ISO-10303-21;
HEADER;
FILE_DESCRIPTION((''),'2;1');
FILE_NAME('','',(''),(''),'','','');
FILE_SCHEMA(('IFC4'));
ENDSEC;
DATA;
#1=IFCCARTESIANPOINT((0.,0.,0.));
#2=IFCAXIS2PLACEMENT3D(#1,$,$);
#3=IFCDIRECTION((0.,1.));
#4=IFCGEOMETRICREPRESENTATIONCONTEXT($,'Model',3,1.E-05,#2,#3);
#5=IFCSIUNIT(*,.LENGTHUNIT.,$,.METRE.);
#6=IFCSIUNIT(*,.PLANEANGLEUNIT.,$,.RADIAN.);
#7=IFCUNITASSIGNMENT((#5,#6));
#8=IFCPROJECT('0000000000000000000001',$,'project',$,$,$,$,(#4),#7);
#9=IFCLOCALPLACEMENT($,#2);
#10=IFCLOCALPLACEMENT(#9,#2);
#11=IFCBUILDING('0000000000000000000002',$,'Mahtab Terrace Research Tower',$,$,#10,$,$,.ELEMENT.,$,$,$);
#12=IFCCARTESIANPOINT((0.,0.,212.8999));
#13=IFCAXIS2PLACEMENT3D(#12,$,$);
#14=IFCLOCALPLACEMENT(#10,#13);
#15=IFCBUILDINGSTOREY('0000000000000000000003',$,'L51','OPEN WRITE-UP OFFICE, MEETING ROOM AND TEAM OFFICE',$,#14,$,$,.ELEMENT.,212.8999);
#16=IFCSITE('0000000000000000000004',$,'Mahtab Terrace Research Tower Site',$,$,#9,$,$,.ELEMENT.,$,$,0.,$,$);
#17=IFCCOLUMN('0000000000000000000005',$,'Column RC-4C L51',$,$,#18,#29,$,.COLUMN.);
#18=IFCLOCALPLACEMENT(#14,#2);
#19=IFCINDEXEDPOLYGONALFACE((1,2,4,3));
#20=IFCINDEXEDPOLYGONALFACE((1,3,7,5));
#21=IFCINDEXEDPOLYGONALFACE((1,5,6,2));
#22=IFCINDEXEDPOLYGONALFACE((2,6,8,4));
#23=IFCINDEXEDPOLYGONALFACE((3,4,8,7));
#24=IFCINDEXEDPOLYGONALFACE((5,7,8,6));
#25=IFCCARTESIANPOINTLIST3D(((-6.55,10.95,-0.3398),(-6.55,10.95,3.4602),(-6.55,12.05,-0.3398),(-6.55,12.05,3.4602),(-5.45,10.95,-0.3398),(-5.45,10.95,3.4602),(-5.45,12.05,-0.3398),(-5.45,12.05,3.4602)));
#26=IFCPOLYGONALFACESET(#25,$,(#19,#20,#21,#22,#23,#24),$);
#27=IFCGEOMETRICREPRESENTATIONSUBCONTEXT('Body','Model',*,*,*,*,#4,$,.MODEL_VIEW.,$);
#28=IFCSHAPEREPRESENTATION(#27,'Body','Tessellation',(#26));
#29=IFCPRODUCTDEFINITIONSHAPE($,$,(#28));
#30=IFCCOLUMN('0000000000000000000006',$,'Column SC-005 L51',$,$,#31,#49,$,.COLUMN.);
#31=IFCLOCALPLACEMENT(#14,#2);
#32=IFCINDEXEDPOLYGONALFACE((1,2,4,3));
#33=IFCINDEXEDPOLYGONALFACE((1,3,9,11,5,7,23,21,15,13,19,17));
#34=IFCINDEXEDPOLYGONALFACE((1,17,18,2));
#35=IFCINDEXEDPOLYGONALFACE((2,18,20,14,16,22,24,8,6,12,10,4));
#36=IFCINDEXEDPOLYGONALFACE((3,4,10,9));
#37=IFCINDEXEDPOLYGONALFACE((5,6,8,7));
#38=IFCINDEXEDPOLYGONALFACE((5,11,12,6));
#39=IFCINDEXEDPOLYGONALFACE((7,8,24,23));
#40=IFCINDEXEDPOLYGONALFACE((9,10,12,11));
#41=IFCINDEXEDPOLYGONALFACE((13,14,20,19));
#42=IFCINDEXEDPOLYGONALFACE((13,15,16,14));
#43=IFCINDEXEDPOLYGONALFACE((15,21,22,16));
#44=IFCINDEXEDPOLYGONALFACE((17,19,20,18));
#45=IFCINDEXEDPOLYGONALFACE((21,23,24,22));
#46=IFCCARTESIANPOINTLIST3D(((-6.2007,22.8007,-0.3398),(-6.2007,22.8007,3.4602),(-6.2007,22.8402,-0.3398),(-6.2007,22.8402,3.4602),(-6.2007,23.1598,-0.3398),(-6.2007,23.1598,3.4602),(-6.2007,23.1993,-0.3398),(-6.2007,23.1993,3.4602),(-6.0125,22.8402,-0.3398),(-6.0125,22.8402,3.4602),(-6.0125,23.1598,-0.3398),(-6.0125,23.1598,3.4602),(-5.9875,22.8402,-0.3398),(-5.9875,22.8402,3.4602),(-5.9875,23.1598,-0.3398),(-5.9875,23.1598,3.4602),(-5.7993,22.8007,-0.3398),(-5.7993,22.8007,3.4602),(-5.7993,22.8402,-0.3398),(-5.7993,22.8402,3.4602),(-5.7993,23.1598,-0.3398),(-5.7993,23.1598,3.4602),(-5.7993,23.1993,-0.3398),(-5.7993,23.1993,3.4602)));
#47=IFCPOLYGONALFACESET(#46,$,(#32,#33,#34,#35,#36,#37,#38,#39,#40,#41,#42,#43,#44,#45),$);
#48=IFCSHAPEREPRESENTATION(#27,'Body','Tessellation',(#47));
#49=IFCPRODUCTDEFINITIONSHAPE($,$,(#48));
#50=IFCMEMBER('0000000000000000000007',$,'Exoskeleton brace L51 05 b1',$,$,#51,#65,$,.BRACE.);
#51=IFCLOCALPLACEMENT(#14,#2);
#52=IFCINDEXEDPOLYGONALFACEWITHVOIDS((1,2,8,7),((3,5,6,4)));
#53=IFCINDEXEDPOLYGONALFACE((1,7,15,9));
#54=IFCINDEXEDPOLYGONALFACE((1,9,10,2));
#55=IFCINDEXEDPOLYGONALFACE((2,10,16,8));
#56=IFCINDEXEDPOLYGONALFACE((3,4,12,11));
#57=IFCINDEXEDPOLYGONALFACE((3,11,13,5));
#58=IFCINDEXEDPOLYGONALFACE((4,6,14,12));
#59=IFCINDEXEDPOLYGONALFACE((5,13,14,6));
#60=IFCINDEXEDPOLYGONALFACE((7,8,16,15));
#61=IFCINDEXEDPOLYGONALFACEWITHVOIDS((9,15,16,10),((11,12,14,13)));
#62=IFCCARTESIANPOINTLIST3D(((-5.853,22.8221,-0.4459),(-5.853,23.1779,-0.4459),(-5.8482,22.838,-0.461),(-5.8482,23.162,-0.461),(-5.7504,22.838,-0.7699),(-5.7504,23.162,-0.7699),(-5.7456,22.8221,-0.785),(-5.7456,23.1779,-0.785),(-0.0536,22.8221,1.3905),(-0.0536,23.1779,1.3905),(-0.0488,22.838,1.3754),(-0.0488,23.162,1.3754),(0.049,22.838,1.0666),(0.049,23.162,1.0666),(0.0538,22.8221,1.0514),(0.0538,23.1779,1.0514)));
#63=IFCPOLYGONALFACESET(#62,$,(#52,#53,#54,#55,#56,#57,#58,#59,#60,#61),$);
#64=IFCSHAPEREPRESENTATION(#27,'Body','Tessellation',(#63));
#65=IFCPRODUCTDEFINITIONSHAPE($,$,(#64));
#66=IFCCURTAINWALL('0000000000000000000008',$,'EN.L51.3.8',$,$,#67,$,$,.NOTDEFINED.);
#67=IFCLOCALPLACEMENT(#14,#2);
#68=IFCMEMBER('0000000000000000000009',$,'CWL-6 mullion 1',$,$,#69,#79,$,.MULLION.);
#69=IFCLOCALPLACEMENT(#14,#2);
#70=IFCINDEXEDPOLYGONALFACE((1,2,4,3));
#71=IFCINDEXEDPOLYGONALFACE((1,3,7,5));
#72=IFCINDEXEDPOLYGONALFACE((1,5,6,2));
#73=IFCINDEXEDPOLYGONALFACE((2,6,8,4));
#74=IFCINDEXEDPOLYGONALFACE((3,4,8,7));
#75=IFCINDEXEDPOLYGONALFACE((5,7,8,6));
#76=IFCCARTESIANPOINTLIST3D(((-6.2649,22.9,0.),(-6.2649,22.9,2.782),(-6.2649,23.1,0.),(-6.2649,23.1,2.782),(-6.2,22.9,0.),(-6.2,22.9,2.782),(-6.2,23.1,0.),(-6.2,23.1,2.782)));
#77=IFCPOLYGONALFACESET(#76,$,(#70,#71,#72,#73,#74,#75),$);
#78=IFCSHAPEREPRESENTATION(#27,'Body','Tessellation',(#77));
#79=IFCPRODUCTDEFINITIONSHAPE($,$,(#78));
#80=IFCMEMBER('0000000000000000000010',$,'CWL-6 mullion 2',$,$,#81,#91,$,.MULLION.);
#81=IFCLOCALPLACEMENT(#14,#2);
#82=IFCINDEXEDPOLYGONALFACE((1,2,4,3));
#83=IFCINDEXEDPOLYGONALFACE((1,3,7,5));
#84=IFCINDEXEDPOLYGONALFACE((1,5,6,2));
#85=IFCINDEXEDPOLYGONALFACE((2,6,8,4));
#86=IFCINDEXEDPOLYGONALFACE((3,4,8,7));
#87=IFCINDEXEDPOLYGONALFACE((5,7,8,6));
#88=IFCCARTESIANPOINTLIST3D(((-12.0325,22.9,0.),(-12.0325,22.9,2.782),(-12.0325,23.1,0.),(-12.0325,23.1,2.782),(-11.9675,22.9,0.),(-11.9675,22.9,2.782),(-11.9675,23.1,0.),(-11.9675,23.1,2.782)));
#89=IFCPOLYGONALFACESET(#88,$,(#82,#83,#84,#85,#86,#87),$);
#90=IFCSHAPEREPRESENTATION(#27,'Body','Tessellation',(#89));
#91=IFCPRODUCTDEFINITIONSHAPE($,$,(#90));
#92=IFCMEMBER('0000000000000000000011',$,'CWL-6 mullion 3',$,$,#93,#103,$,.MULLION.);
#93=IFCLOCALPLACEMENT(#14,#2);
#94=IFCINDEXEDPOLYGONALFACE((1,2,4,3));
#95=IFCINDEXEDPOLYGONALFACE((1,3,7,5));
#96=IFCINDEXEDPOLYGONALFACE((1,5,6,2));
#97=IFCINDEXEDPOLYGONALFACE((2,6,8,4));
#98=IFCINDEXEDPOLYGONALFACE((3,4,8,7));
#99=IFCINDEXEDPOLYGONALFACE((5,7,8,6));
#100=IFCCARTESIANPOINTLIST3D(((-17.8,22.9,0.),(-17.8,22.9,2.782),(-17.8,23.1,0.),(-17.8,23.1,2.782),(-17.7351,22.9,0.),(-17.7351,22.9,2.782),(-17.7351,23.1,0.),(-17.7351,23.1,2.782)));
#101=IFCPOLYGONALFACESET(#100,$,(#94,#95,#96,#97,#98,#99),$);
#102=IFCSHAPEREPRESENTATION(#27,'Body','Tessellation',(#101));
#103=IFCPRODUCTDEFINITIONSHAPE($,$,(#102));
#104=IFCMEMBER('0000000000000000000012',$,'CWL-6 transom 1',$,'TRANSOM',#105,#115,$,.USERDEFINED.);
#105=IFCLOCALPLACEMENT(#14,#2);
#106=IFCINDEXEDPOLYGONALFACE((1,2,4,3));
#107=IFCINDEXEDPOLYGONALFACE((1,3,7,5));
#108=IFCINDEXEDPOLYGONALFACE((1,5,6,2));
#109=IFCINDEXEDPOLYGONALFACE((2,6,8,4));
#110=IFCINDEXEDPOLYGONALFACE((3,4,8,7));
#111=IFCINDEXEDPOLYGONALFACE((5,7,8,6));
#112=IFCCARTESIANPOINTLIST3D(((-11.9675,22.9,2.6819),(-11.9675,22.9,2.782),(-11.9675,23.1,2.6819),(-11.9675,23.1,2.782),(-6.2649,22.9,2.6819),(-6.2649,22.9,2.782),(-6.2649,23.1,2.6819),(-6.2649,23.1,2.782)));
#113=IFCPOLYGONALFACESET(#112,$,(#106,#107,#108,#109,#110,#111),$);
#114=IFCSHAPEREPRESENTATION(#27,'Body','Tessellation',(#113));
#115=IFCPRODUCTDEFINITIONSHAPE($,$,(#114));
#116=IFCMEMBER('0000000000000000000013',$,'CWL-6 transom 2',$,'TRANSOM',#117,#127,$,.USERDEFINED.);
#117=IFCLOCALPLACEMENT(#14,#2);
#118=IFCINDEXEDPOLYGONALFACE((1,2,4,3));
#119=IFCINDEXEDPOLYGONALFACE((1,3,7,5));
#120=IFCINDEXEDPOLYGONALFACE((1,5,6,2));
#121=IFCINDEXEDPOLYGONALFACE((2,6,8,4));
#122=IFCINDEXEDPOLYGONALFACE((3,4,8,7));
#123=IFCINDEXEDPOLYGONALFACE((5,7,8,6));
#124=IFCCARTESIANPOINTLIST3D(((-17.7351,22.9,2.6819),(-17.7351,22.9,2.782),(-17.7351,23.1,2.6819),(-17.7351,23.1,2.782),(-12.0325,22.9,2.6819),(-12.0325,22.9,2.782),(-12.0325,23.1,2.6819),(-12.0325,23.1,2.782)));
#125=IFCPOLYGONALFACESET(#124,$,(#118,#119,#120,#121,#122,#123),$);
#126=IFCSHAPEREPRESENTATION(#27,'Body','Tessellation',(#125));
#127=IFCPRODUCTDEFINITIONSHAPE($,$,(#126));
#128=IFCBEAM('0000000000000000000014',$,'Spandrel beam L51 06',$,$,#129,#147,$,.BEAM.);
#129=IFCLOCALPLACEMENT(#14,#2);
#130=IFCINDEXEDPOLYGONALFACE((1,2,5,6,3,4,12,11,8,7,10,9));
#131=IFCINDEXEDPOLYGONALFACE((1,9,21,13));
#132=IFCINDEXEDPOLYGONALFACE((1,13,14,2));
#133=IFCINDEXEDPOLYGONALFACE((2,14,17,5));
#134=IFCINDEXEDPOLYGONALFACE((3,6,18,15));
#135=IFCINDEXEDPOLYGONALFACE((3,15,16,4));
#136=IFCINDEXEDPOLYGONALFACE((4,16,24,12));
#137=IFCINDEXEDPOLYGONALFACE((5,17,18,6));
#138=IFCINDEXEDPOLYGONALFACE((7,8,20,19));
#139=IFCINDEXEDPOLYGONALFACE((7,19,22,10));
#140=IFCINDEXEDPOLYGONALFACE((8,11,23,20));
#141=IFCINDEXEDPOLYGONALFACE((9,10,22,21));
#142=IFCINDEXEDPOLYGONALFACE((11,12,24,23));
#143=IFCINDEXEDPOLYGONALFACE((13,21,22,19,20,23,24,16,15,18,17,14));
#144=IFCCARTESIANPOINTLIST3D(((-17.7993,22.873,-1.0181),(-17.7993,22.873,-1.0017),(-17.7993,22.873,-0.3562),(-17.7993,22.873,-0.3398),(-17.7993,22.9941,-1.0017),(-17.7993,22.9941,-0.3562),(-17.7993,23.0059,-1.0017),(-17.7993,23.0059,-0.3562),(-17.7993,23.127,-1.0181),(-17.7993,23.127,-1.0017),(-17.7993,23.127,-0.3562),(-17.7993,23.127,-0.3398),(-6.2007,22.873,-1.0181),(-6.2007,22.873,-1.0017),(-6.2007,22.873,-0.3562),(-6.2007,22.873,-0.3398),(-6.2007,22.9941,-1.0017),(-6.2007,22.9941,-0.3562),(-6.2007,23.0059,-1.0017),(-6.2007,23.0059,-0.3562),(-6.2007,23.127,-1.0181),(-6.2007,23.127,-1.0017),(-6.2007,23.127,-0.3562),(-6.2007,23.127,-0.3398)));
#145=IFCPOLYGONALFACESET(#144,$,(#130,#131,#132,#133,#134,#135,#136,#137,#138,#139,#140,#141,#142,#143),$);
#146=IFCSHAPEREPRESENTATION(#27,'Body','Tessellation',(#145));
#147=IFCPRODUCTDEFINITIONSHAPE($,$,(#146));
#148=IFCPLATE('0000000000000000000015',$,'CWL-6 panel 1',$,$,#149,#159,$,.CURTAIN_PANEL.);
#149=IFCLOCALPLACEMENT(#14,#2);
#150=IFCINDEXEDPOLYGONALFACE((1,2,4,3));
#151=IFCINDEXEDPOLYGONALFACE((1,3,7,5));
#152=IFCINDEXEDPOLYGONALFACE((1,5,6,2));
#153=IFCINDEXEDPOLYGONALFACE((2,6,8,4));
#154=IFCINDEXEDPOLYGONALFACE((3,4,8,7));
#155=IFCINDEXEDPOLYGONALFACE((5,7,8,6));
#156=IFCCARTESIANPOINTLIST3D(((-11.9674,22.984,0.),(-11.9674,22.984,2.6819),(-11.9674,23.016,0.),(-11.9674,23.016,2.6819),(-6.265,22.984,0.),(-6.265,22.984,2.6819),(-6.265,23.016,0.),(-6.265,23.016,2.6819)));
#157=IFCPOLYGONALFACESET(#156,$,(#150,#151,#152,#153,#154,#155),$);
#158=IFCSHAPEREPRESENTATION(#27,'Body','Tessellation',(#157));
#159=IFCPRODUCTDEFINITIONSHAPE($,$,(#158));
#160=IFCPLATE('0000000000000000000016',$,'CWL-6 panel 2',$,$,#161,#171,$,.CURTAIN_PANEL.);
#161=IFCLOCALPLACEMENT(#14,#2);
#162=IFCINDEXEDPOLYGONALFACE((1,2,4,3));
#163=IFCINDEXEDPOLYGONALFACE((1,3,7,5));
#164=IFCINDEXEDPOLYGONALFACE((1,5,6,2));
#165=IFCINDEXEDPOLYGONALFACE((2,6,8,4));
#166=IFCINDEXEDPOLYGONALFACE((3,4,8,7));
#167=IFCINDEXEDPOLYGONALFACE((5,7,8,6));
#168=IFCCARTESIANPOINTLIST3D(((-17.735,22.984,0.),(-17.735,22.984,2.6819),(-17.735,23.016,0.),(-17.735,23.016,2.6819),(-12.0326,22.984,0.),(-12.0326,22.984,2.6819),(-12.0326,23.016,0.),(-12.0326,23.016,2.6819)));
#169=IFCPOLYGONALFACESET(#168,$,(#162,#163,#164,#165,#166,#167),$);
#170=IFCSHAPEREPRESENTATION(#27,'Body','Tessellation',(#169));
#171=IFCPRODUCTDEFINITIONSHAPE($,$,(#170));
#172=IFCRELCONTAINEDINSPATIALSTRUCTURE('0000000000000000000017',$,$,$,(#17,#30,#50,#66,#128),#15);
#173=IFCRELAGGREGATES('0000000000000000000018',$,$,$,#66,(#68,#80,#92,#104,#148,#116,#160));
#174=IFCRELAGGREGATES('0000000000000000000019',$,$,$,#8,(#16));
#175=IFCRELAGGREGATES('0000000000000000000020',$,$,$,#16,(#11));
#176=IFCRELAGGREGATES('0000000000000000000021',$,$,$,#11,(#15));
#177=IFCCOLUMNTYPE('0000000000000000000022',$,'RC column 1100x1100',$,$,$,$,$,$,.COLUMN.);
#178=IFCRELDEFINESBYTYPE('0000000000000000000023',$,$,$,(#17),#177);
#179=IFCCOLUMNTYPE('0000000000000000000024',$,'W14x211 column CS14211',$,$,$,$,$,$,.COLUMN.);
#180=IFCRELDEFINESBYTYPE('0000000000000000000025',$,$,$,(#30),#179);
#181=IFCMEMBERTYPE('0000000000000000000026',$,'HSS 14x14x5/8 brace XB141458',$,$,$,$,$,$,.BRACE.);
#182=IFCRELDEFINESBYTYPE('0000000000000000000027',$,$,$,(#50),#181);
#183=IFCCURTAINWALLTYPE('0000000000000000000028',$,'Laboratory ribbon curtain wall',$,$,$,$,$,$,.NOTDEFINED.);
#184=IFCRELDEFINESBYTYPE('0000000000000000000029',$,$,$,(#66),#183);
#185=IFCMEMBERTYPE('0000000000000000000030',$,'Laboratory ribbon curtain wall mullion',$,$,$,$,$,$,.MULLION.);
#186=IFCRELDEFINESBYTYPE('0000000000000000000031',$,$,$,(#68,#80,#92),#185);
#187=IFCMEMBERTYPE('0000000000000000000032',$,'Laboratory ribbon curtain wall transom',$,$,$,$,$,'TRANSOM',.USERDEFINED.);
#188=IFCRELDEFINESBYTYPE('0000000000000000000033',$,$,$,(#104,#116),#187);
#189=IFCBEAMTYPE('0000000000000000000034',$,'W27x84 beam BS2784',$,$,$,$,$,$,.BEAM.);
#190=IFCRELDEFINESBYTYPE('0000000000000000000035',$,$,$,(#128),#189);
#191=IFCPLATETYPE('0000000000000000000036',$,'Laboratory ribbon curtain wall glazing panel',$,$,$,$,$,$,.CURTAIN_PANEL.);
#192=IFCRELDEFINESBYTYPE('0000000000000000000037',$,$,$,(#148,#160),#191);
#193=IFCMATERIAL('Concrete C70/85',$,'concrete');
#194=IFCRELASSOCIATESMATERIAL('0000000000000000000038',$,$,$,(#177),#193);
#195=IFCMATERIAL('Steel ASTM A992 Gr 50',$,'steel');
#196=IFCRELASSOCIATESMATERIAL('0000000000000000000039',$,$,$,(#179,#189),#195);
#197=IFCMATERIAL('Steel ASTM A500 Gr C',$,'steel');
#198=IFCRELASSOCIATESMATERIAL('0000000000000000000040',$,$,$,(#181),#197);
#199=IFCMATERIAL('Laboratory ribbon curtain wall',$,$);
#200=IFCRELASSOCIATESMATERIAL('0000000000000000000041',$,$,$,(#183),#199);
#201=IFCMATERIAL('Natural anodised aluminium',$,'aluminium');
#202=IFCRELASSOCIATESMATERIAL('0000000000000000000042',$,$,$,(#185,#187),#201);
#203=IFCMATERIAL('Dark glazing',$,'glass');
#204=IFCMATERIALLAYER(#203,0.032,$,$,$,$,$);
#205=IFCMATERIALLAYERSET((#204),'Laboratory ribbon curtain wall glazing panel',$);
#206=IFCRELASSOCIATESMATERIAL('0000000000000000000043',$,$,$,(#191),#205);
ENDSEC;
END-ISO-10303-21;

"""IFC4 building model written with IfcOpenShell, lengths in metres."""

from ifc_helpers import new_model, si_unit, direction, frame, origin, origin_2d, place, context, subcontext, project, spatial, rectangle, hollow_rectangle, i_section, extrude, material, layer, layer_set, material_profile, profile_set, type_object, element, aggregate, save


model = new_model("IFC4")

# Units and contexts
model_context = context("Model", 3, precision=1e-05, world=origin(), true_north=direction((0.0, 1.0)))
body_context = subcontext(model_context, "Body", "Model", "MODEL_VIEW")
ifc_project = project(units=[si_unit("LENGTHUNIT", "METRE"), si_unit("PLANEANGLEUNIT", "RADIAN")], contexts=[model_context])

# Site, building, storey
site_placement = place(None, origin())
site = spatial("IfcSite", under=ifc_project, at=site_placement, Name="Mahtab Terrace Research Tower Site", CompositionType="ELEMENT", RefElevation=0.0)
building_placement = place(site_placement, origin())
building = spatial("IfcBuilding", under=site, at=building_placement, Name="Mahtab Terrace Research Tower", CompositionType="ELEMENT")
storey_placement = place(building_placement, frame((0.0, 0.0, 212.8999)))
storey = spatial("IfcBuildingStorey", under=building, at=storey_placement, Name="L51", Description="OPEN WRITE-UP OFFICE, MEETING ROOM AND TEAM OFFICE", CompositionType="ELEMENT", Elevation=212.8999)

# Columns
ifc_material_1 = material(Name="Concrete C70/85", Category="concrete")
ifc_material_profile_1 = material_profile(ifc_material_1, rectangle(XDim=1.1001, YDim=1.1001, at=origin_2d()), Name="RC column 1100x1100")
ifc_profile_set_1 = profile_set([ifc_material_profile_1], Name="Concrete C70/85")
column_type_1 = type_object("IfcColumnType", Name="RC column 1100x1100", PredefinedType="COLUMN", material=ifc_profile_set_1)
column_1_placement = place(storey_placement, frame((-6.0, 11.5, -0.3398), z_axis=(0.0, 0.0, 1.0), x_axis=(1.0, 0.0, 0.0)))
element("IfcColumn", 1, at=column_1_placement, inside=storey, type_object=column_type_1, Name="Column RC-4C L51", PredefinedType="COLUMN", context=body_context, shape_type="SweptSolid", body=[
    extrude(rectangle(XDim=1.1001, YDim=1.1001, at=origin_2d()), origin(), (0.0, 0.0, 1.0), 3.8),
])
ifc_material_2 = material(Name="Steel ASTM A992 Gr 50", Category="steel")
ifc_material_profile_2 = material_profile(ifc_material_2, i_section(OverallWidth=0.4014, OverallDepth=0.3987, WebThickness=0.0249, FlangeThickness=0.0396, at=origin_2d()), Name="W14X211")
ifc_profile_set_2 = profile_set([ifc_material_profile_2], Name="Steel ASTM A992 Gr 50")
column_type_2 = type_object("IfcColumnType", Name="W14x211 column CS14211", PredefinedType="COLUMN", material=ifc_profile_set_2)
column_2_placement = place(storey_placement, frame((-6.0, 23.0, -0.3398), z_axis=(0.0, 0.0, 1.0), x_axis=(1.0, 0.0, 0.0)))
element("IfcColumn", 2, at=column_2_placement, inside=storey, type_object=column_type_2, Name="Column SC-005 L51", PredefinedType="COLUMN", context=body_context, shape_type="SweptSolid", body=[
    extrude(i_section(OverallWidth=0.4014, OverallDepth=0.3987, WebThickness=0.0249, FlangeThickness=0.0396, at=origin_2d()), origin(), (0.0, 0.0, 1.0), 3.8),
])

# Member
ifc_material_3 = material(Name="Steel ASTM A500 Gr C", Category="steel")
ifc_material_profile_3 = material_profile(ifc_material_3, hollow_rectangle(XDim=0.3557, YDim=0.3557, WallThickness=0.0159, at=origin_2d()), Name="HSS14X14X5/8")
ifc_profile_set_3 = profile_set([ifc_material_profile_3], Name="Steel ASTM A500 Gr C")
member_type_1 = type_object("IfcMemberType", Name="HSS 14x14x5/8 brace XB141458", PredefinedType="BRACE", material=ifc_profile_set_3)
member_1_placement = place(storey_placement, frame((-5.7993, 23.0, -0.6155), z_axis=(0.953343, 0.0, 0.301888), x_axis=(0.0, 1.0, 0.0)))
element("IfcMember", 3, at=member_1_placement, inside=storey, type_object=member_type_1, Name="Exoskeleton brace L51 05 b1", PredefinedType="BRACE", context=body_context, shape_type="SweptSolid", body=[
    extrude(hollow_rectangle(XDim=0.3557, YDim=0.3557, WallThickness=0.0159, at=origin_2d()), origin(), (0.0, 0.0, 1.0), 6.0833),
])

# Curtain wall, members
ifc_material_4 = material(Name="Laboratory ribbon curtain wall")
curtain_wall_type = type_object("IfcCurtainWallType", Name="Laboratory ribbon curtain wall", PredefinedType="NOTDEFINED", material=ifc_material_4)
curtain_wall_placement = place(storey_placement, origin())
curtain_wall = element("IfcCurtainWall", 4, at=curtain_wall_placement, inside=storey, type_object=curtain_wall_type, Name="EN.L51.3.8", PredefinedType="NOTDEFINED")
ifc_material_5 = material(Name="Natural anodised aluminium", Category="aluminium")
ifc_material_profile_4 = material_profile(ifc_material_5, rectangle(XDim=0.2, YDim=0.0649, at=origin_2d()), Name="MULLION 65x200")
ifc_profile_set_4 = profile_set([ifc_material_profile_4], Name="Natural anodised aluminium")
member_type_2 = type_object("IfcMemberType", Name="Laboratory ribbon curtain wall mullion", PredefinedType="MULLION", material=ifc_profile_set_4)
member_2_placement = place(storey_placement, frame((-6.2324, 23.0, 0.0), z_axis=(0.0, 0.0, 1.0), x_axis=(0.0, -1.0, 0.0)))
member_2 = element("IfcMember", 5, at=member_2_placement, type_object=member_type_2, Name="CWL-6 mullion 1", PredefinedType="MULLION", context=body_context, shape_type="SweptSolid", body=[
    extrude(rectangle(XDim=0.2, YDim=0.0649, at=origin_2d()), origin(), (0.0, 0.0, 1.0), 2.782),
])
member_3_placement = place(storey_placement, frame((-12.0, 23.0, 0.0), z_axis=(0.0, 0.0, 1.0), x_axis=(0.0, -1.0, 0.0)))
member_3 = element("IfcMember", 6, at=member_3_placement, type_object=member_type_2, Name="CWL-6 mullion 2", PredefinedType="MULLION", context=body_context, shape_type="SweptSolid", body=[
    extrude(rectangle(XDim=0.2, YDim=0.0649, at=origin_2d()), origin(), (0.0, 0.0, 1.0), 2.782),
])
member_4_placement = place(storey_placement, frame((-17.7676, 23.0, 0.0), z_axis=(0.0, 0.0, 1.0), x_axis=(0.0, -1.0, 0.0)))
member_4 = element("IfcMember", 7, at=member_4_placement, type_object=member_type_2, Name="CWL-6 mullion 3", PredefinedType="MULLION", context=body_context, shape_type="SweptSolid", body=[
    extrude(rectangle(XDim=0.2, YDim=0.0649, at=origin_2d()), origin(), (0.0, 0.0, 1.0), 2.782),
])
ifc_material_profile_5 = material_profile(ifc_material_5, rectangle(XDim=0.2, YDim=0.1001, at=origin_2d()), Name="TRANSOM 100x200")
ifc_profile_set_5 = profile_set([ifc_material_profile_5], Name="Natural anodised aluminium")
member_type_3 = type_object("IfcMemberType", Name="Laboratory ribbon curtain wall transom", ElementType="TRANSOM", PredefinedType="USERDEFINED", material=ifc_profile_set_5)
member_5_placement = place(storey_placement, frame((-6.2649, 23.0, 2.7319), z_axis=(-1.0, 0.0, 0.0), x_axis=(0.0, -1.0, 0.0)))
member_5 = element("IfcMember", 8, at=member_5_placement, type_object=member_type_3, Name="CWL-6 transom 1", ObjectType="TRANSOM", PredefinedType="USERDEFINED", context=body_context, shape_type="SweptSolid", body=[
    extrude(rectangle(XDim=0.2, YDim=0.1001, at=origin_2d()), origin(), (0.0, 0.0, 1.0), 5.7026),
])
member_6_placement = place(storey_placement, frame((-12.0325, 23.0, 2.7319), z_axis=(-1.0, 0.0, 0.0), x_axis=(0.0, -1.0, 0.0)))
member_6 = element("IfcMember", 9, at=member_6_placement, type_object=member_type_3, Name="CWL-6 transom 2", ObjectType="TRANSOM", PredefinedType="USERDEFINED", context=body_context, shape_type="SweptSolid", body=[
    extrude(rectangle(XDim=0.2, YDim=0.1001, at=origin_2d()), origin(), (0.0, 0.0, 1.0), 5.7026),
])

# Beam
ifc_material_profile_6 = material_profile(ifc_material_2, i_section(OverallWidth=0.2539, OverallDepth=0.6782, WebThickness=0.0117, FlangeThickness=0.0164, at=origin_2d()), Name="W27X84")
ifc_profile_set_6 = profile_set([ifc_material_profile_6], Name="Steel ASTM A992 Gr 50")
beam_type = type_object("IfcBeamType", Name="W27x84 beam BS2784", PredefinedType="BEAM", material=ifc_profile_set_6)
beam_placement = place(storey_placement, frame((-6.2007, 23.0, -0.679), z_axis=(-1.0, 0.0, 0.0), x_axis=(0.0, -1.0, 0.0)))
element("IfcBeam", 10, at=beam_placement, inside=storey, type_object=beam_type, Name="Spandrel beam L51 06", PredefinedType="BEAM", context=body_context, shape_type="SweptSolid", body=[
    extrude(i_section(OverallWidth=0.2539, OverallDepth=0.6782, WebThickness=0.0117, FlangeThickness=0.0164, at=origin_2d()), origin(), (0.0, 0.0, 1.0), 11.5986),
])

# Plates
ifc_material_6 = material(Name="Dark glazing", Category="glass")
ifc_layer_1 = layer(ifc_material_6, 0.032)
ifc_layer_set_1 = layer_set([ifc_layer_1], Name="Laboratory ribbon curtain wall glazing panel")
plate_type = type_object("IfcPlateType", Name="Laboratory ribbon curtain wall glazing panel", PredefinedType="CURTAIN_PANEL", material=ifc_layer_set_1)
plate_1_placement = place(storey_placement, frame((-9.1162, 23.0, 0.0), z_axis=(0.0, 0.0, 1.0), x_axis=(-1.0, 0.0, 0.0)))
plate_1 = element("IfcPlate", 11, at=plate_1_placement, type_object=plate_type, Name="CWL-6 panel 1", PredefinedType="CURTAIN_PANEL", context=body_context, shape_type="SweptSolid", body=[
    extrude(rectangle(XDim=5.7024, YDim=0.032, at=origin_2d()), origin(), (0.0, 0.0, 1.0), 2.6819),
])
plate_2_placement = place(storey_placement, frame((-14.8838, 23.0, 0.0), z_axis=(0.0, 0.0, 1.0), x_axis=(-1.0, 0.0, 0.0)))
plate_2 = element("IfcPlate", 12, at=plate_2_placement, type_object=plate_type, Name="CWL-6 panel 2", PredefinedType="CURTAIN_PANEL", context=body_context, shape_type="SweptSolid", body=[
    extrude(rectangle(XDim=5.7024, YDim=0.032, at=origin_2d()), origin(), (0.0, 0.0, 1.0), 2.6819),
])
aggregate(curtain_wall, [member_2, member_3, member_4, member_5, plate_1, member_6, plate_2])

save(model, "model.ifc")
